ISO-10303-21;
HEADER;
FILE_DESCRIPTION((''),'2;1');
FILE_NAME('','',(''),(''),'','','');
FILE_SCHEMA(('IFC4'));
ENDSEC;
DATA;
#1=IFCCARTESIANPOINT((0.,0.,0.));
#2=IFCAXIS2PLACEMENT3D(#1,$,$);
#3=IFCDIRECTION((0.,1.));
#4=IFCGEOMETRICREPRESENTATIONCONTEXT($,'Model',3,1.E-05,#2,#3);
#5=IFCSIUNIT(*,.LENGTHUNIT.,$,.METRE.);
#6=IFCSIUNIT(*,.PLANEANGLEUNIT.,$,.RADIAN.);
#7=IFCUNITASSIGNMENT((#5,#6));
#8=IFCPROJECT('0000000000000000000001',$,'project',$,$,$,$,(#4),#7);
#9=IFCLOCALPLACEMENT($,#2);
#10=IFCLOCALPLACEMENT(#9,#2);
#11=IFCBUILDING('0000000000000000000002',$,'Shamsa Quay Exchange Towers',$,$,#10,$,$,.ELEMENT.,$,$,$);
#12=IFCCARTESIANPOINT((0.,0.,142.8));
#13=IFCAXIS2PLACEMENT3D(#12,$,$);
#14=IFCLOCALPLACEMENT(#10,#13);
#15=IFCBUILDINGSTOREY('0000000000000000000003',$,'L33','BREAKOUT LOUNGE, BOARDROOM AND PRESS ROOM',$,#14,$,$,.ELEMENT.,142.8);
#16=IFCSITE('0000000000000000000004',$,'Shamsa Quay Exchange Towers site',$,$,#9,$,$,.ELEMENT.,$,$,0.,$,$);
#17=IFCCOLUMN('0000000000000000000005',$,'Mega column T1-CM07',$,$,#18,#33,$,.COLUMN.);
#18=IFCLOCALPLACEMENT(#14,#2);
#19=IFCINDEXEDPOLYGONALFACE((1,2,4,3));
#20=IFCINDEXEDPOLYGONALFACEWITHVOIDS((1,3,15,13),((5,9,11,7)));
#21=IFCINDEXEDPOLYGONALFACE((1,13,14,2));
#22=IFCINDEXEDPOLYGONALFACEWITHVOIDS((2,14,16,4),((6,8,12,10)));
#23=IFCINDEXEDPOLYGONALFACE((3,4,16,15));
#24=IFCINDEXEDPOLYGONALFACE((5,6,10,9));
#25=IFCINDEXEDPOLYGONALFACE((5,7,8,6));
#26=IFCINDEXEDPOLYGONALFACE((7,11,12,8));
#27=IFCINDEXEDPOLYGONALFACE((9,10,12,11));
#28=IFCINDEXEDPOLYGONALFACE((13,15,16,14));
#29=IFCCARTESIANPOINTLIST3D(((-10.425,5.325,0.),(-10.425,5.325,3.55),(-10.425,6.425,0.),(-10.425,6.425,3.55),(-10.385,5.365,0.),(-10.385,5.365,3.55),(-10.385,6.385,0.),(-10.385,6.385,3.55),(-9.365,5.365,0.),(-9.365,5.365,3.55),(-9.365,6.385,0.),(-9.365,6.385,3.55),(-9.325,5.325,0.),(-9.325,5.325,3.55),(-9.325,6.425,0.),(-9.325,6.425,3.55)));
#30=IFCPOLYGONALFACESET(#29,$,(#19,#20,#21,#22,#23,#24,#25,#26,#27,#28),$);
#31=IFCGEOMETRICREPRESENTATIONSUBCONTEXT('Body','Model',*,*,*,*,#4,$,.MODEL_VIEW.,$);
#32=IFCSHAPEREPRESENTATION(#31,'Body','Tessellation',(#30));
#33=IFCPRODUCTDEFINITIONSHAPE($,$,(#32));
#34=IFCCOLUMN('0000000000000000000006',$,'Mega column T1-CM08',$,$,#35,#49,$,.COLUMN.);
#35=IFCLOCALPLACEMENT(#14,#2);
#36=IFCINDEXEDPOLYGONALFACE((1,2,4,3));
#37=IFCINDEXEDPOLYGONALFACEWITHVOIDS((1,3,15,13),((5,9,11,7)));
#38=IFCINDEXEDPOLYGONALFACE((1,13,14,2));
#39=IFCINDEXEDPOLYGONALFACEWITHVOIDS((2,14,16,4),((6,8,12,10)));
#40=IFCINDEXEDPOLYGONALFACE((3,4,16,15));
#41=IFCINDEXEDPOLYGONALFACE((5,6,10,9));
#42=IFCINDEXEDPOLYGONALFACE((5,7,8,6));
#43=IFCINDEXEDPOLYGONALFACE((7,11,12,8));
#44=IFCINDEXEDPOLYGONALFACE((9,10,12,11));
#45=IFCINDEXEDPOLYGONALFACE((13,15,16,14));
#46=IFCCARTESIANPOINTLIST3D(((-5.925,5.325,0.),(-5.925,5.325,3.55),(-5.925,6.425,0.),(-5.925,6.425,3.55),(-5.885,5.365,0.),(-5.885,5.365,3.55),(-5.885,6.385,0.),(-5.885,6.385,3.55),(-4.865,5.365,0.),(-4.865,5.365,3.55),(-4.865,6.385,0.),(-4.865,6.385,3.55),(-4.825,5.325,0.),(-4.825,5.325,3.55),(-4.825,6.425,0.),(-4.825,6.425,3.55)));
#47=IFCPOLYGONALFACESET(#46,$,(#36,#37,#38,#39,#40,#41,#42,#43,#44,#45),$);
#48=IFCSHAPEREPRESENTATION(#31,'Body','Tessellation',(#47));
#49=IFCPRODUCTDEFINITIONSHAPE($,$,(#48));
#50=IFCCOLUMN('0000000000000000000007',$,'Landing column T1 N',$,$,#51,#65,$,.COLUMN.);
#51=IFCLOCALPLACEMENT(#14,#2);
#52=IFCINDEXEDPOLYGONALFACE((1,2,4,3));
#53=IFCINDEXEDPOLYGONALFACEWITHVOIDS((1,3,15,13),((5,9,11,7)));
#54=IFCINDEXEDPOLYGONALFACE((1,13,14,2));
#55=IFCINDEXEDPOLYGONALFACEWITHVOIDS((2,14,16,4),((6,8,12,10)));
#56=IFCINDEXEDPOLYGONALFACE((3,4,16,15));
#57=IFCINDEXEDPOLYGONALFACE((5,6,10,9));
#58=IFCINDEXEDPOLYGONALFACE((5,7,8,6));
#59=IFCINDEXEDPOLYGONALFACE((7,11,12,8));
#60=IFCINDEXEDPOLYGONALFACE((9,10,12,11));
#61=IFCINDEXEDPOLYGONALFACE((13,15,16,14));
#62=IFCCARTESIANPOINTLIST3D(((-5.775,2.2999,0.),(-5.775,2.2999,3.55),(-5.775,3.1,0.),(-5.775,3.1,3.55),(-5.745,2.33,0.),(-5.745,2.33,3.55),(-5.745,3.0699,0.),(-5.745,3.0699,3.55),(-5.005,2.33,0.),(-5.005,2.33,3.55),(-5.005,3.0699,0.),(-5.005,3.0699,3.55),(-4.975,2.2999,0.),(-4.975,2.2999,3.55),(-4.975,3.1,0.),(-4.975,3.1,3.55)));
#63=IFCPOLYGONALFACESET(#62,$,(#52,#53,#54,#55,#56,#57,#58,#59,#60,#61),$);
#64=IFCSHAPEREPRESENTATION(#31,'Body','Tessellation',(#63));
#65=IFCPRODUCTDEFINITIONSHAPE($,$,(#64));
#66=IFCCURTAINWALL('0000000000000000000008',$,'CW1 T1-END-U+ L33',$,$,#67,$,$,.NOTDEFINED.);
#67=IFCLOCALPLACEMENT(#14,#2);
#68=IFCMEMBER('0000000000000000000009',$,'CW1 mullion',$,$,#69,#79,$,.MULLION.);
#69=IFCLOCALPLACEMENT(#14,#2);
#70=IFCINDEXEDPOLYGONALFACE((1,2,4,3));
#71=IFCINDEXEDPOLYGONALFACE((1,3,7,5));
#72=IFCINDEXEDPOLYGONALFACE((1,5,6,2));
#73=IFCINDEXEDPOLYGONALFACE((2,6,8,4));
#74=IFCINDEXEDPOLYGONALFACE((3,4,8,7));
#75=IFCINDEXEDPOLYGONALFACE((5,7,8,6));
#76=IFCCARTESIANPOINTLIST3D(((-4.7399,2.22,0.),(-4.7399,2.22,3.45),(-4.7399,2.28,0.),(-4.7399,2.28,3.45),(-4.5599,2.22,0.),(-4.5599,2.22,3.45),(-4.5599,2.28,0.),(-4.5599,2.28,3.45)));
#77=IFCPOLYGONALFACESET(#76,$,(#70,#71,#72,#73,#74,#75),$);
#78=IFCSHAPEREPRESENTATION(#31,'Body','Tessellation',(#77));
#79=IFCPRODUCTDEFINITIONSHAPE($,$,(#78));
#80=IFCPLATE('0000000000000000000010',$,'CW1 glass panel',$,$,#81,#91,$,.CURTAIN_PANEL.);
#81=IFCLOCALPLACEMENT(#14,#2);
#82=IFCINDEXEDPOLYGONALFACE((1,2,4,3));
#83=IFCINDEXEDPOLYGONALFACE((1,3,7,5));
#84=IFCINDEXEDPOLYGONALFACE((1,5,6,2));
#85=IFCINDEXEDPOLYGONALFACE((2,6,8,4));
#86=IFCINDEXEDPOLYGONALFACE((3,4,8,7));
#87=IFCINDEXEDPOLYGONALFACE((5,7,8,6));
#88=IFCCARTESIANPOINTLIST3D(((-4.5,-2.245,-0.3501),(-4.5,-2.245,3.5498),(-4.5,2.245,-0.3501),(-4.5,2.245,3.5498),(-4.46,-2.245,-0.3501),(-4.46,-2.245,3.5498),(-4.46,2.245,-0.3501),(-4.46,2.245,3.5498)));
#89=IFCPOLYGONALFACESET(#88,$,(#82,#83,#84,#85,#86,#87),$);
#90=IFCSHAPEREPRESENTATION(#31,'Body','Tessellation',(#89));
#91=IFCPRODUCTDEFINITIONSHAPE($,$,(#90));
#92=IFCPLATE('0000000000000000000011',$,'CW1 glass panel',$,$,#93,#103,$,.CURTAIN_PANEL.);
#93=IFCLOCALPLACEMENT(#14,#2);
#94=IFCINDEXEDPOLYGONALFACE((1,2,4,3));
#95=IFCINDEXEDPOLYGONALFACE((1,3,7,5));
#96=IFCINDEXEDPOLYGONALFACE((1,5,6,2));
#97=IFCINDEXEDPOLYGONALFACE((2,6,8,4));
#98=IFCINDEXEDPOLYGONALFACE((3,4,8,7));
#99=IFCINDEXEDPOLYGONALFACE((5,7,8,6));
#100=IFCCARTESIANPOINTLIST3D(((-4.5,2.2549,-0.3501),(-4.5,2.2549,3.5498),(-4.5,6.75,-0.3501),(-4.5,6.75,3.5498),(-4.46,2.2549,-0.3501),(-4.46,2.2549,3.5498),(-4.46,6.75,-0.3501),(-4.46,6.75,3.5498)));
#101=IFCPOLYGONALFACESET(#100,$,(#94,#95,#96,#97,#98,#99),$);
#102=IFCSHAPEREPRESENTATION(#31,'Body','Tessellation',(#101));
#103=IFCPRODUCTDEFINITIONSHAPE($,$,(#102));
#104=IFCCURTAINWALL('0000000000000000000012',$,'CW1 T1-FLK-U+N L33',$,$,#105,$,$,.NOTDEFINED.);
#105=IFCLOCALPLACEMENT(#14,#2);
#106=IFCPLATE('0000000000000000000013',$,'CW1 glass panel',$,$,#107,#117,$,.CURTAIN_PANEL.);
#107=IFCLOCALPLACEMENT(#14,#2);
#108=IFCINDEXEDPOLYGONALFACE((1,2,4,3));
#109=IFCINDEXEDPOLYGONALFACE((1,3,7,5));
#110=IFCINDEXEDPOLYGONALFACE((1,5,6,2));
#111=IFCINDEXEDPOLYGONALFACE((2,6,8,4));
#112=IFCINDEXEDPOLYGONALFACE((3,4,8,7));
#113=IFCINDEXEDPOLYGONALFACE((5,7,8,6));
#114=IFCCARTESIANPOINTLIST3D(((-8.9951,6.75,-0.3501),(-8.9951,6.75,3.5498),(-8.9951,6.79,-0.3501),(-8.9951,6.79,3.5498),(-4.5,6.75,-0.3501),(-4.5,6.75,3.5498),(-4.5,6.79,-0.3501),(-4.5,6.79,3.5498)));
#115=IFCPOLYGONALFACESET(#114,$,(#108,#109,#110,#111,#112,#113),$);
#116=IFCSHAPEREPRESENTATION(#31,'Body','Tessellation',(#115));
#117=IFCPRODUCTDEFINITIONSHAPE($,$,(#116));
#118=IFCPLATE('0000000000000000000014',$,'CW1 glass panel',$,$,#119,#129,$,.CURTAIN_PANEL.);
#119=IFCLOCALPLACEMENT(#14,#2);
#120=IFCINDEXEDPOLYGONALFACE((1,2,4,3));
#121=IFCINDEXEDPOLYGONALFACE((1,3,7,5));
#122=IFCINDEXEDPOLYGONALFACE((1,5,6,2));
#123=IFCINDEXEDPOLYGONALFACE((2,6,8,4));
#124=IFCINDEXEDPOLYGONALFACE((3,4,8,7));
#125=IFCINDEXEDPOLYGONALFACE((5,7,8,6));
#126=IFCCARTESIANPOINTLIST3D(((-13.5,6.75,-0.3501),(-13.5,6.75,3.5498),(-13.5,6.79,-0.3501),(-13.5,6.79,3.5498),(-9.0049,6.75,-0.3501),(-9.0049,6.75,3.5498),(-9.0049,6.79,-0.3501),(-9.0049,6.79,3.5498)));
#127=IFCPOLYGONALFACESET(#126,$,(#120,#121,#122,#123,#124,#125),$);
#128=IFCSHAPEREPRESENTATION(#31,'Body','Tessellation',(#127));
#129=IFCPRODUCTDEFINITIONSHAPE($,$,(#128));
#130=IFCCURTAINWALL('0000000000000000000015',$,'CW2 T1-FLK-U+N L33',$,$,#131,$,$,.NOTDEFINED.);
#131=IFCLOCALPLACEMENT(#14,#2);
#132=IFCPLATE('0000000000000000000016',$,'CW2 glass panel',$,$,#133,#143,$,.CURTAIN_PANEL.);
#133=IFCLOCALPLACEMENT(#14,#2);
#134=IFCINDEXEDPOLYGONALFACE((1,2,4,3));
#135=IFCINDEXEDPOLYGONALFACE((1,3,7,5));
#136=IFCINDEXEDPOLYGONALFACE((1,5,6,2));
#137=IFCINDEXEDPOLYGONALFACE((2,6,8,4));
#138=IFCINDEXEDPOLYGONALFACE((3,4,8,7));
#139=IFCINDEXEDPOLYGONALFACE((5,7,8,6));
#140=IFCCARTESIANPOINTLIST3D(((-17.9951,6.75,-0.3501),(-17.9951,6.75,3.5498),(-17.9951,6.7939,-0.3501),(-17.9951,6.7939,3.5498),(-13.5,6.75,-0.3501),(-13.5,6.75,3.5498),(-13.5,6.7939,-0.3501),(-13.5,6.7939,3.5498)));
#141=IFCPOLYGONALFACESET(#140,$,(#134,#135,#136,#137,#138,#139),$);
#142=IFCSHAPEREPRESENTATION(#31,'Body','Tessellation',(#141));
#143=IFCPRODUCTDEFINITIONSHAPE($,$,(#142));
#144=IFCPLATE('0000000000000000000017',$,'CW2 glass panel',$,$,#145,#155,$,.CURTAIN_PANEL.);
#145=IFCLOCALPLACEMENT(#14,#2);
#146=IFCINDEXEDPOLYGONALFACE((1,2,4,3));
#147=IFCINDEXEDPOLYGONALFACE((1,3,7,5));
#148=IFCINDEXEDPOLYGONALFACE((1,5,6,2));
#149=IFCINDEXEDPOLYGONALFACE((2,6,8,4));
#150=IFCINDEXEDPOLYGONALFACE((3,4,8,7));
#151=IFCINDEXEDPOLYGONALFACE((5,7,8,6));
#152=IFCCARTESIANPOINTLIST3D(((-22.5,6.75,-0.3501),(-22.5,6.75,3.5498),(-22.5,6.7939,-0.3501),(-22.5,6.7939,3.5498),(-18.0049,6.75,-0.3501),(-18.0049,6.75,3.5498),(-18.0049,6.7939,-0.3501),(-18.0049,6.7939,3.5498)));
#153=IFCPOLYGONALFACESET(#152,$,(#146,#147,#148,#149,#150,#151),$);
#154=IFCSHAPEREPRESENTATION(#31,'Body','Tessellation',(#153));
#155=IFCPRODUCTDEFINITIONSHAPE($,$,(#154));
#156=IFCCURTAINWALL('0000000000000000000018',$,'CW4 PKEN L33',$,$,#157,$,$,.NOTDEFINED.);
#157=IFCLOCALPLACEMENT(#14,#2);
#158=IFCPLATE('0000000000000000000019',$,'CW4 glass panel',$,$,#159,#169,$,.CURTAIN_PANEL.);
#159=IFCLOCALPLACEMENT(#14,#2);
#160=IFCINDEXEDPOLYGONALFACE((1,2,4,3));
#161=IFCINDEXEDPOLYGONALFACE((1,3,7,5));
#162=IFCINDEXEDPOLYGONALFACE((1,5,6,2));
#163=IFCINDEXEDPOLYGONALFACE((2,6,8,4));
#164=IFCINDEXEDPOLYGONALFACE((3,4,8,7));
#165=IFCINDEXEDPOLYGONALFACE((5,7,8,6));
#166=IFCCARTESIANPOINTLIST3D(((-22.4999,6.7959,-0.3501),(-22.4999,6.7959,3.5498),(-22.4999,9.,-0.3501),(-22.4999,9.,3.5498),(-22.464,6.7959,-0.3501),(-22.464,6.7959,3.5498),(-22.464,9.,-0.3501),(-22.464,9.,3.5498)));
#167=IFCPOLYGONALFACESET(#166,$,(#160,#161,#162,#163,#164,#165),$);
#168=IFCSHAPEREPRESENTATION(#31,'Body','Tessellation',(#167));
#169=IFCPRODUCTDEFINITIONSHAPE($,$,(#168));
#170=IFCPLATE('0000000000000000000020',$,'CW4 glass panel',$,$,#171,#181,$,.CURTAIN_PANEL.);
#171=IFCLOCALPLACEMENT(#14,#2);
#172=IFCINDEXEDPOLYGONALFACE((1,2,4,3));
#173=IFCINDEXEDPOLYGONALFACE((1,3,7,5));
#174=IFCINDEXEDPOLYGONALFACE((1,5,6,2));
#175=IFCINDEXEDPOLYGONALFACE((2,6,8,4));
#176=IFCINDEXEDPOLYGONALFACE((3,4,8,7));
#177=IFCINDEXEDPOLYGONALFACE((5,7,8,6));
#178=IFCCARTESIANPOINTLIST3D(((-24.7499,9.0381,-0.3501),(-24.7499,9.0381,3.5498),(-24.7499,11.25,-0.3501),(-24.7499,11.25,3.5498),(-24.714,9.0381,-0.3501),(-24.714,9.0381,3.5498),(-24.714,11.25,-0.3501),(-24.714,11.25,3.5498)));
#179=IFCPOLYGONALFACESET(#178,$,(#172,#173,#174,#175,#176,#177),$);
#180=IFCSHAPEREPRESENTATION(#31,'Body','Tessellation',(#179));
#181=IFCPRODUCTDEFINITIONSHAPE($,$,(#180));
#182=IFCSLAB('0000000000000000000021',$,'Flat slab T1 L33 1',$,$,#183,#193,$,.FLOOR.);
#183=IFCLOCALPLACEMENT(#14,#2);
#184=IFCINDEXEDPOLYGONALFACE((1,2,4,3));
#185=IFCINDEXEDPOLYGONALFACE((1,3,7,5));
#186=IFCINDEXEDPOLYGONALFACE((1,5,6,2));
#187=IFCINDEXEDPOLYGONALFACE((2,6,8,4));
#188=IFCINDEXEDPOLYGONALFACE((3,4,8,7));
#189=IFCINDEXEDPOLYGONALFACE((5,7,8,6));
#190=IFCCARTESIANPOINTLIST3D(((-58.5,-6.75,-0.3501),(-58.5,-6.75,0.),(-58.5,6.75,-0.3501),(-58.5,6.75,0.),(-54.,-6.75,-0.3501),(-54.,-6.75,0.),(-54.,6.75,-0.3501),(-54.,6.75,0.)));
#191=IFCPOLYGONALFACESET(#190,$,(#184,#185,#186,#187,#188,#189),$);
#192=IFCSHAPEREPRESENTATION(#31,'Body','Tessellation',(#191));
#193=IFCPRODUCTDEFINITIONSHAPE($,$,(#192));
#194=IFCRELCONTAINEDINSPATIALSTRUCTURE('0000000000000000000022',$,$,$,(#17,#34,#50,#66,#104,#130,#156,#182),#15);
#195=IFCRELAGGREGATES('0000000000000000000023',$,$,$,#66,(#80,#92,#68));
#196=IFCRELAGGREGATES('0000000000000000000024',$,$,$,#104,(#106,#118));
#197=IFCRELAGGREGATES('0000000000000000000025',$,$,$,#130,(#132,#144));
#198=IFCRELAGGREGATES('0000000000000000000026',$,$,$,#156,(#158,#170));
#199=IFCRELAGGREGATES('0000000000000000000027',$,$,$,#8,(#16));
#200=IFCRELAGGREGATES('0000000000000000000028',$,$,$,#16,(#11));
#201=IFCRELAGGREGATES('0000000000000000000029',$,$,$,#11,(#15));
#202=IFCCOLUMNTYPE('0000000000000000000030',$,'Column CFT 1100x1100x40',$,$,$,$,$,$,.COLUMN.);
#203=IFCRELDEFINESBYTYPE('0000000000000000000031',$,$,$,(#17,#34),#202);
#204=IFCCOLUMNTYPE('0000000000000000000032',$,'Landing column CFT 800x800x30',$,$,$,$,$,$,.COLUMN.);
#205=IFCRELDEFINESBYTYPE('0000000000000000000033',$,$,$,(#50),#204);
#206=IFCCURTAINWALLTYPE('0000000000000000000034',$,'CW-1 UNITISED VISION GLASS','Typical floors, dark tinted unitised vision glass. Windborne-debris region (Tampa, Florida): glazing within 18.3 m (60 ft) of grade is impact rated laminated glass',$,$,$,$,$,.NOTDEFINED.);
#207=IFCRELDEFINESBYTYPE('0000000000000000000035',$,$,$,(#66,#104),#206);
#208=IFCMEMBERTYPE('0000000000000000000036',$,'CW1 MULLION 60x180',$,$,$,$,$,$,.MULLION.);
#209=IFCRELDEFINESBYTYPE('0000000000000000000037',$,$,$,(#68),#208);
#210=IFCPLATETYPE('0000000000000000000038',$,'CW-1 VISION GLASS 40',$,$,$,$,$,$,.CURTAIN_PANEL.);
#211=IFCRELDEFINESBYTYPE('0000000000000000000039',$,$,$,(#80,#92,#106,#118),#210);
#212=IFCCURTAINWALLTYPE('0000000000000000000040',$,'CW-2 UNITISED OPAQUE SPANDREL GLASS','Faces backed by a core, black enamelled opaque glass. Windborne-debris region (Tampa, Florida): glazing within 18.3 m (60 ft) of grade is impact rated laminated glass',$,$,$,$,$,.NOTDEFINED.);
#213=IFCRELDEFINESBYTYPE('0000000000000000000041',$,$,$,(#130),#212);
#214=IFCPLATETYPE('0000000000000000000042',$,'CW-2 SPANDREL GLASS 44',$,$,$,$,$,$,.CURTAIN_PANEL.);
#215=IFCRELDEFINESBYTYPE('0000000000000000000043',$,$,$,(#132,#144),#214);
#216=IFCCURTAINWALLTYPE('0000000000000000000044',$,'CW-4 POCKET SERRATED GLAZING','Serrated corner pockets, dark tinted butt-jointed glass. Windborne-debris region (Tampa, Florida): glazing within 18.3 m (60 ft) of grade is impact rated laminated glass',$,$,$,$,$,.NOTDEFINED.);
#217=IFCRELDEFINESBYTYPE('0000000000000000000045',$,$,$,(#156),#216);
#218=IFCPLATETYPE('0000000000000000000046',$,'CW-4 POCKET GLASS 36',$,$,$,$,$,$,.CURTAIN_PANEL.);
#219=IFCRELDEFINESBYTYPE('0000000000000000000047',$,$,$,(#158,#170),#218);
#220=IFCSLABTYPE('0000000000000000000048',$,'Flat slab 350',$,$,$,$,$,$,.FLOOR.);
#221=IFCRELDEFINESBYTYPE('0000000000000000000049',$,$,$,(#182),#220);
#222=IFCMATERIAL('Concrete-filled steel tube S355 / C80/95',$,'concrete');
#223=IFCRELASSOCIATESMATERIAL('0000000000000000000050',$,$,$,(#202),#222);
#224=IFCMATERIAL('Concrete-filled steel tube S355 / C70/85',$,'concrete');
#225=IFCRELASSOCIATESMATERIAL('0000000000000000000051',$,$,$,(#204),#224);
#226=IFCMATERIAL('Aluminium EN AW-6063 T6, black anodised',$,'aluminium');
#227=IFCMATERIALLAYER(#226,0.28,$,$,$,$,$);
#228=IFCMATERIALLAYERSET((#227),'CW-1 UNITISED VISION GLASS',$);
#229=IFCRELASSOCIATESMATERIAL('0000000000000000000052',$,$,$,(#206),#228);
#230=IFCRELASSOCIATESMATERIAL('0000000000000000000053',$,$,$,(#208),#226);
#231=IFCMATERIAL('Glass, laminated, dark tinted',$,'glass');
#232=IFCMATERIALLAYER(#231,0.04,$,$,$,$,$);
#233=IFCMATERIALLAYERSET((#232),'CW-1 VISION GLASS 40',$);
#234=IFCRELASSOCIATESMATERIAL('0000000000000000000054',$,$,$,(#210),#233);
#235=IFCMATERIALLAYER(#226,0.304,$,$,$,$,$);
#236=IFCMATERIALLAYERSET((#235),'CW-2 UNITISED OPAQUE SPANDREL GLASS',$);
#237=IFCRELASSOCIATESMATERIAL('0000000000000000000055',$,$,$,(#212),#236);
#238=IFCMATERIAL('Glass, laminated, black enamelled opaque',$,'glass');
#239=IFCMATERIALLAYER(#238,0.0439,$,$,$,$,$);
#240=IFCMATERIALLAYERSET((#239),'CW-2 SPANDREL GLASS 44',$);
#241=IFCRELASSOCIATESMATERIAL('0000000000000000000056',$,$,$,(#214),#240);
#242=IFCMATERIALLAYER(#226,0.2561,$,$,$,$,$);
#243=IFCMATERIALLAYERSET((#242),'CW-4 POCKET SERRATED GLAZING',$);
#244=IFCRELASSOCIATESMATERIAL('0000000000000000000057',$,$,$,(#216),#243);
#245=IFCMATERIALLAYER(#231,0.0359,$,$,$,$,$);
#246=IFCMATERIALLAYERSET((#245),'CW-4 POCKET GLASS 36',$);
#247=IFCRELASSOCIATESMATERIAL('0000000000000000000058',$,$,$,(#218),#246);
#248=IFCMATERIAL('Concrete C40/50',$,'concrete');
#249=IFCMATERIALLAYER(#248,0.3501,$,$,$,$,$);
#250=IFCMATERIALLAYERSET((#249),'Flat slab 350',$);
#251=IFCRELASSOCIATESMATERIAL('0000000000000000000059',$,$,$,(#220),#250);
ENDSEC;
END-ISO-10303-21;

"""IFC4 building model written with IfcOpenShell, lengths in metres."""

from ifc_helpers import new_model, si_unit, direction, frame, origin, origin_2d, place, context, subcontext, project, spatial, polyline, rectangle, hollow_rectangle, outline, extrude, material, layer, layer_set, material_profile, profile_set, type_object, element, aggregate, save


model = new_model("IFC4")

# Units and contexts
model_context = context("Model", 3, precision=1e-05, world=origin(), true_north=direction((0.0, 1.0)))
body_context = subcontext(model_context, "Body", "Model", "MODEL_VIEW")
ifc_project = project(units=[si_unit("LENGTHUNIT", "METRE"), si_unit("PLANEANGLEUNIT", "RADIAN")], contexts=[model_context])

# Site, building, storey
site_placement = place(None, origin())
site = spatial("IfcSite", under=ifc_project, at=site_placement, Name="Shamsa Quay Exchange Towers site", CompositionType="ELEMENT", RefElevation=0.0)
building_placement = place(site_placement, origin())
building = spatial("IfcBuilding", under=site, at=building_placement, Name="Shamsa Quay Exchange Towers", CompositionType="ELEMENT")
storey_placement = place(building_placement, frame((0.0, 0.0, 142.8)))
storey = spatial("IfcBuildingStorey", under=building, at=storey_placement, Name="L33", Description="BREAKOUT LOUNGE, BOARDROOM AND PRESS ROOM", CompositionType="ELEMENT", Elevation=142.8)

# Columns
ifc_material_1 = material(Name="Concrete-filled steel tube S355 / C80/95", Category="concrete")
ifc_material_profile_1 = material_profile(ifc_material_1, hollow_rectangle(XDim=1.1001, YDim=1.1001, WallThickness=0.04, at=origin_2d()), Name="CFT 1100x1100x40")
ifc_profile_set_1 = profile_set([ifc_material_profile_1], Name="Concrete-filled steel tube S355 / C80/95")
column_type_1 = type_object("IfcColumnType", Name="Column CFT 1100x1100x40", PredefinedType="COLUMN", material=ifc_profile_set_1)
for number, where, name in (
    (1, (-9.875, 5.875, 0.0), "Mega column T1-CM07"),
    (2, (-5.375, 5.875, 0.0), "Mega column T1-CM08"),
):
    element("IfcColumn", number, at=place(storey_placement, frame(where)), inside=storey, type_object=column_type_1, Name=name, PredefinedType="COLUMN", context=body_context, shape_type="SweptSolid", body=[
        extrude(hollow_rectangle(XDim=1.1001, YDim=1.1001, WallThickness=0.04, at=origin_2d()), origin(), (0.0, 0.0, 1.0), 3.55),
    ])
ifc_material_2 = material(Name="Concrete-filled steel tube S355 / C70/85", Category="concrete")
ifc_material_profile_2 = material_profile(ifc_material_2, hollow_rectangle(XDim=0.8, YDim=0.8, WallThickness=0.03, at=origin_2d()), Name="CFT 800x800x30")
ifc_profile_set_2 = profile_set([ifc_material_profile_2], Name="Concrete-filled steel tube S355 / C70/85")
column_type_2 = type_object("IfcColumnType", Name="Landing column CFT 800x800x30", PredefinedType="COLUMN", material=ifc_profile_set_2)
column_placement = place(storey_placement, frame((-5.375, 2.7, 0.0)))
element("IfcColumn", 3, at=column_placement, inside=storey, type_object=column_type_2, Name="Landing column T1 N", PredefinedType="COLUMN", context=body_context, shape_type="SweptSolid", body=[
    extrude(hollow_rectangle(XDim=0.8, YDim=0.8, WallThickness=0.03, at=origin_2d()), origin(), (0.0, 0.0, 1.0), 3.55),
])

# Curtain wall, member, plates
ifc_material_3 = material(Name="Aluminium EN AW-6063 T6, black anodised", Category="aluminium")
ifc_layer_1 = layer(ifc_material_3, 0.28)
ifc_layer_set_1 = layer_set([ifc_layer_1], Name="CW-1 UNITISED VISION GLASS")
curtain_wall_type_1 = type_object("IfcCurtainWallType", Name="CW-1 UNITISED VISION GLASS", Description="Typical floors, dark tinted unitised vision glass. Windborne-debris region (Tampa, Florida): glazing within 18.3 m (60 ft) of grade is impact rated laminated glass", PredefinedType="NOTDEFINED", material=ifc_layer_set_1)
curtain_wall_1_placement = place(storey_placement, origin())
curtain_wall_1 = element("IfcCurtainWall", 4, at=curtain_wall_1_placement, inside=storey, type_object=curtain_wall_type_1, Name="CW1 T1-END-U+ L33", PredefinedType="NOTDEFINED")
ifc_material_profile_3 = material_profile(ifc_material_3, rectangle(XDim=0.1799, YDim=0.0601, at=origin_2d()), Name="MU60x180")
ifc_profile_set_3 = profile_set([ifc_material_profile_3], Name="Aluminium EN AW-6063 T6, black anodised")
member_type = type_object("IfcMemberType", Name="CW1 MULLION 60x180", PredefinedType="MULLION", material=ifc_profile_set_3)
member_placement = place(storey_placement, frame((-4.6499, 2.25, 0.0), z_axis=(0.0, 0.0, 1.0), x_axis=(-1.0, 0.0, 0.0)))
member = element("IfcMember", 5, at=member_placement, type_object=member_type, Name="CW1 mullion", PredefinedType="MULLION", context=body_context, shape_type="SweptSolid", body=[
    extrude(rectangle(XDim=0.1799, YDim=0.0601, at=origin_2d()), origin(), (0.0, 0.0, 1.0), 3.45),
])
ifc_material_4 = material(Name="Glass, laminated, dark tinted", Category="glass")
ifc_layer_2 = layer(ifc_material_4, 0.04)
ifc_layer_set_2 = layer_set([ifc_layer_2], Name="CW-1 VISION GLASS 40")
plate_type_1 = type_object("IfcPlateType", Name="CW-1 VISION GLASS 40", PredefinedType="CURTAIN_PANEL", material=ifc_layer_set_2)
plate_1_placement = place(storey_placement, frame((-4.48, 0.0, -0.3501), z_axis=(0.0, 0.0, 1.0), x_axis=(0.0, 1.0, 0.0)))
plate_1 = element("IfcPlate", 6, at=plate_1_placement, type_object=plate_type_1, Name="CW1 glass panel", PredefinedType="CURTAIN_PANEL", context=body_context, shape_type="SweptSolid", body=[
    extrude(rectangle(XDim=4.49, YDim=0.04, at=origin_2d()), origin(), (0.0, 0.0, 1.0), 3.8999),
])
plate_2_placement = place(storey_placement, frame((-4.48, 4.5024, -0.3501), z_axis=(0.0, 0.0, 1.0), x_axis=(0.0, 1.0, 0.0)))
plate_2 = element("IfcPlate", 7, at=plate_2_placement, type_object=plate_type_1, Name="CW1 glass panel", PredefinedType="CURTAIN_PANEL", context=body_context, shape_type="SweptSolid", body=[
    extrude(rectangle(XDim=4.4951, YDim=0.04, at=origin_2d()), origin(), (0.0, 0.0, 1.0), 3.8999),
])
aggregate(curtain_wall_1, [plate_1, plate_2, member])

# Curtain walls, plates
curtain_wall_2_placement = place(storey_placement, origin())
curtain_wall_2 = element("IfcCurtainWall", 8, at=curtain_wall_2_placement, inside=storey, type_object=curtain_wall_type_1, Name="CW1 T1-FLK-U+N L33", PredefinedType="NOTDEFINED")
plate_3_placement = place(storey_placement, frame((-6.7476, 6.77, -0.3501), z_axis=(0.0, 0.0, 1.0), x_axis=(-1.0, 0.0, 0.0)))
plate_3 = element("IfcPlate", 9, at=plate_3_placement, type_object=plate_type_1, Name="CW1 glass panel", PredefinedType="CURTAIN_PANEL", context=body_context, shape_type="SweptSolid", body=[
    extrude(rectangle(XDim=4.4951, YDim=0.04, at=origin_2d()), origin(), (0.0, 0.0, 1.0), 3.8999),
])
plate_4_placement = place(storey_placement, frame((-11.2524, 6.77, -0.3501), z_axis=(0.0, 0.0, 1.0), x_axis=(-1.0, 0.0, 0.0)))
plate_4 = element("IfcPlate", 10, at=plate_4_placement, type_object=plate_type_1, Name="CW1 glass panel", PredefinedType="CURTAIN_PANEL", context=body_context, shape_type="SweptSolid", body=[
    extrude(rectangle(XDim=4.4951, YDim=0.04, at=origin_2d()), origin(), (0.0, 0.0, 1.0), 3.8999),
])
aggregate(curtain_wall_2, [plate_3, plate_4])
ifc_layer_3 = layer(ifc_material_3, 0.304)
ifc_layer_set_3 = layer_set([ifc_layer_3], Name="CW-2 UNITISED OPAQUE SPANDREL GLASS")
curtain_wall_type_2 = type_object("IfcCurtainWallType", Name="CW-2 UNITISED OPAQUE SPANDREL GLASS", Description="Faces backed by a core, black enamelled opaque glass. Windborne-debris region (Tampa, Florida): glazing within 18.3 m (60 ft) of grade is impact rated laminated glass", PredefinedType="NOTDEFINED", material=ifc_layer_set_3)
curtain_wall_3_placement = place(storey_placement, origin())
curtain_wall_3 = element("IfcCurtainWall", 11, at=curtain_wall_3_placement, inside=storey, type_object=curtain_wall_type_2, Name="CW2 T1-FLK-U+N L33", PredefinedType="NOTDEFINED")
ifc_material_5 = material(Name="Glass, laminated, black enamelled opaque", Category="glass")
ifc_layer_4 = layer(ifc_material_5, 0.0439)
ifc_layer_set_4 = layer_set([ifc_layer_4], Name="CW-2 SPANDREL GLASS 44")
plate_type_2 = type_object("IfcPlateType", Name="CW-2 SPANDREL GLASS 44", PredefinedType="CURTAIN_PANEL", material=ifc_layer_set_4)
plate_5_placement = place(storey_placement, frame((-15.7476, 6.772, -0.3501), z_axis=(0.0, 0.0, 1.0), x_axis=(-1.0, 0.0, 0.0)))
plate_5 = element("IfcPlate", 12, at=plate_5_placement, type_object=plate_type_2, Name="CW2 glass panel", PredefinedType="CURTAIN_PANEL", context=body_context, shape_type="SweptSolid", body=[
    extrude(rectangle(XDim=4.4951, YDim=0.0439, at=origin_2d()), origin(), (0.0, 0.0, 1.0), 3.8999),
])
plate_6_placement = place(storey_placement, frame((-20.2524, 6.772, -0.3501), z_axis=(0.0, 0.0, 1.0), x_axis=(-1.0, 0.0, 0.0)))
plate_6 = element("IfcPlate", 13, at=plate_6_placement, type_object=plate_type_2, Name="CW2 glass panel", PredefinedType="CURTAIN_PANEL", context=body_context, shape_type="SweptSolid", body=[
    extrude(rectangle(XDim=4.4951, YDim=0.0439, at=origin_2d()), origin(), (0.0, 0.0, 1.0), 3.8999),
])
aggregate(curtain_wall_3, [plate_5, plate_6])
ifc_layer_5 = layer(ifc_material_3, 0.2561)
ifc_layer_set_5 = layer_set([ifc_layer_5], Name="CW-4 POCKET SERRATED GLAZING")
curtain_wall_type_3 = type_object("IfcCurtainWallType", Name="CW-4 POCKET SERRATED GLAZING", Description="Serrated corner pockets, dark tinted butt-jointed glass. Windborne-debris region (Tampa, Florida): glazing within 18.3 m (60 ft) of grade is impact rated laminated glass", PredefinedType="NOTDEFINED", material=ifc_layer_set_5)
curtain_wall_4_placement = place(storey_placement, origin())
curtain_wall_4 = element("IfcCurtainWall", 14, at=curtain_wall_4_placement, inside=storey, type_object=curtain_wall_type_3, Name="CW4 PKEN L33", PredefinedType="NOTDEFINED")
ifc_layer_6 = layer(ifc_material_4, 0.0359)
ifc_layer_set_6 = layer_set([ifc_layer_6], Name="CW-4 POCKET GLASS 36")
plate_type_3 = type_object("IfcPlateType", Name="CW-4 POCKET GLASS 36", PredefinedType="CURTAIN_PANEL", material=ifc_layer_set_6)
plate_7_placement = place(storey_placement, frame((-22.4819, 7.8979, -0.3501), z_axis=(0.0, 0.0, 1.0), x_axis=(0.0, 1.0, 0.0)))
plate_7 = element("IfcPlate", 15, at=plate_7_placement, type_object=plate_type_3, Name="CW4 glass panel", PredefinedType="CURTAIN_PANEL", context=body_context, shape_type="SweptSolid", body=[
    extrude(rectangle(XDim=2.2041, YDim=0.0359, at=origin_2d()), origin(), (0.0, 0.0, 1.0), 3.8999),
])
plate_8_placement = place(storey_placement, frame((-24.7319, 10.144, -0.3501), z_axis=(0.0, 0.0, 1.0), x_axis=(0.0, 1.0, 0.0)))
plate_8 = element("IfcPlate", 16, at=plate_8_placement, type_object=plate_type_3, Name="CW4 glass panel", PredefinedType="CURTAIN_PANEL", context=body_context, shape_type="SweptSolid", body=[
    extrude(rectangle(XDim=2.2119, YDim=0.0359, at=origin_2d()), origin(), (0.0, 0.0, 1.0), 3.8999),
])
aggregate(curtain_wall_4, [plate_7, plate_8])

# Slab
ifc_material_6 = material(Name="Concrete C40/50", Category="concrete")
ifc_layer_7 = layer(ifc_material_6, 0.3501)
ifc_layer_set_7 = layer_set([ifc_layer_7], Name="Flat slab 350")
slab_type = type_object("IfcSlabType", Name="Flat slab 350", PredefinedType="FLOOR", material=ifc_layer_set_7)
slab_placement = place(storey_placement, frame((0.0, 0.0, -0.3501)))
element("IfcSlab", 17, at=slab_placement, inside=storey, type_object=slab_type, Name="Flat slab T1 L33 1", PredefinedType="FLOOR", context=body_context, shape_type="SweptSolid", body=[
    extrude(outline(polyline([(-58.5, -6.75), (-54.0, -6.75), (-54.0, 6.75), (-58.5, 6.75), (-58.5, -6.75)])), origin(), (0.0, 0.0, 1.0), 0.3501),
])

save(model, "model.ifc")
